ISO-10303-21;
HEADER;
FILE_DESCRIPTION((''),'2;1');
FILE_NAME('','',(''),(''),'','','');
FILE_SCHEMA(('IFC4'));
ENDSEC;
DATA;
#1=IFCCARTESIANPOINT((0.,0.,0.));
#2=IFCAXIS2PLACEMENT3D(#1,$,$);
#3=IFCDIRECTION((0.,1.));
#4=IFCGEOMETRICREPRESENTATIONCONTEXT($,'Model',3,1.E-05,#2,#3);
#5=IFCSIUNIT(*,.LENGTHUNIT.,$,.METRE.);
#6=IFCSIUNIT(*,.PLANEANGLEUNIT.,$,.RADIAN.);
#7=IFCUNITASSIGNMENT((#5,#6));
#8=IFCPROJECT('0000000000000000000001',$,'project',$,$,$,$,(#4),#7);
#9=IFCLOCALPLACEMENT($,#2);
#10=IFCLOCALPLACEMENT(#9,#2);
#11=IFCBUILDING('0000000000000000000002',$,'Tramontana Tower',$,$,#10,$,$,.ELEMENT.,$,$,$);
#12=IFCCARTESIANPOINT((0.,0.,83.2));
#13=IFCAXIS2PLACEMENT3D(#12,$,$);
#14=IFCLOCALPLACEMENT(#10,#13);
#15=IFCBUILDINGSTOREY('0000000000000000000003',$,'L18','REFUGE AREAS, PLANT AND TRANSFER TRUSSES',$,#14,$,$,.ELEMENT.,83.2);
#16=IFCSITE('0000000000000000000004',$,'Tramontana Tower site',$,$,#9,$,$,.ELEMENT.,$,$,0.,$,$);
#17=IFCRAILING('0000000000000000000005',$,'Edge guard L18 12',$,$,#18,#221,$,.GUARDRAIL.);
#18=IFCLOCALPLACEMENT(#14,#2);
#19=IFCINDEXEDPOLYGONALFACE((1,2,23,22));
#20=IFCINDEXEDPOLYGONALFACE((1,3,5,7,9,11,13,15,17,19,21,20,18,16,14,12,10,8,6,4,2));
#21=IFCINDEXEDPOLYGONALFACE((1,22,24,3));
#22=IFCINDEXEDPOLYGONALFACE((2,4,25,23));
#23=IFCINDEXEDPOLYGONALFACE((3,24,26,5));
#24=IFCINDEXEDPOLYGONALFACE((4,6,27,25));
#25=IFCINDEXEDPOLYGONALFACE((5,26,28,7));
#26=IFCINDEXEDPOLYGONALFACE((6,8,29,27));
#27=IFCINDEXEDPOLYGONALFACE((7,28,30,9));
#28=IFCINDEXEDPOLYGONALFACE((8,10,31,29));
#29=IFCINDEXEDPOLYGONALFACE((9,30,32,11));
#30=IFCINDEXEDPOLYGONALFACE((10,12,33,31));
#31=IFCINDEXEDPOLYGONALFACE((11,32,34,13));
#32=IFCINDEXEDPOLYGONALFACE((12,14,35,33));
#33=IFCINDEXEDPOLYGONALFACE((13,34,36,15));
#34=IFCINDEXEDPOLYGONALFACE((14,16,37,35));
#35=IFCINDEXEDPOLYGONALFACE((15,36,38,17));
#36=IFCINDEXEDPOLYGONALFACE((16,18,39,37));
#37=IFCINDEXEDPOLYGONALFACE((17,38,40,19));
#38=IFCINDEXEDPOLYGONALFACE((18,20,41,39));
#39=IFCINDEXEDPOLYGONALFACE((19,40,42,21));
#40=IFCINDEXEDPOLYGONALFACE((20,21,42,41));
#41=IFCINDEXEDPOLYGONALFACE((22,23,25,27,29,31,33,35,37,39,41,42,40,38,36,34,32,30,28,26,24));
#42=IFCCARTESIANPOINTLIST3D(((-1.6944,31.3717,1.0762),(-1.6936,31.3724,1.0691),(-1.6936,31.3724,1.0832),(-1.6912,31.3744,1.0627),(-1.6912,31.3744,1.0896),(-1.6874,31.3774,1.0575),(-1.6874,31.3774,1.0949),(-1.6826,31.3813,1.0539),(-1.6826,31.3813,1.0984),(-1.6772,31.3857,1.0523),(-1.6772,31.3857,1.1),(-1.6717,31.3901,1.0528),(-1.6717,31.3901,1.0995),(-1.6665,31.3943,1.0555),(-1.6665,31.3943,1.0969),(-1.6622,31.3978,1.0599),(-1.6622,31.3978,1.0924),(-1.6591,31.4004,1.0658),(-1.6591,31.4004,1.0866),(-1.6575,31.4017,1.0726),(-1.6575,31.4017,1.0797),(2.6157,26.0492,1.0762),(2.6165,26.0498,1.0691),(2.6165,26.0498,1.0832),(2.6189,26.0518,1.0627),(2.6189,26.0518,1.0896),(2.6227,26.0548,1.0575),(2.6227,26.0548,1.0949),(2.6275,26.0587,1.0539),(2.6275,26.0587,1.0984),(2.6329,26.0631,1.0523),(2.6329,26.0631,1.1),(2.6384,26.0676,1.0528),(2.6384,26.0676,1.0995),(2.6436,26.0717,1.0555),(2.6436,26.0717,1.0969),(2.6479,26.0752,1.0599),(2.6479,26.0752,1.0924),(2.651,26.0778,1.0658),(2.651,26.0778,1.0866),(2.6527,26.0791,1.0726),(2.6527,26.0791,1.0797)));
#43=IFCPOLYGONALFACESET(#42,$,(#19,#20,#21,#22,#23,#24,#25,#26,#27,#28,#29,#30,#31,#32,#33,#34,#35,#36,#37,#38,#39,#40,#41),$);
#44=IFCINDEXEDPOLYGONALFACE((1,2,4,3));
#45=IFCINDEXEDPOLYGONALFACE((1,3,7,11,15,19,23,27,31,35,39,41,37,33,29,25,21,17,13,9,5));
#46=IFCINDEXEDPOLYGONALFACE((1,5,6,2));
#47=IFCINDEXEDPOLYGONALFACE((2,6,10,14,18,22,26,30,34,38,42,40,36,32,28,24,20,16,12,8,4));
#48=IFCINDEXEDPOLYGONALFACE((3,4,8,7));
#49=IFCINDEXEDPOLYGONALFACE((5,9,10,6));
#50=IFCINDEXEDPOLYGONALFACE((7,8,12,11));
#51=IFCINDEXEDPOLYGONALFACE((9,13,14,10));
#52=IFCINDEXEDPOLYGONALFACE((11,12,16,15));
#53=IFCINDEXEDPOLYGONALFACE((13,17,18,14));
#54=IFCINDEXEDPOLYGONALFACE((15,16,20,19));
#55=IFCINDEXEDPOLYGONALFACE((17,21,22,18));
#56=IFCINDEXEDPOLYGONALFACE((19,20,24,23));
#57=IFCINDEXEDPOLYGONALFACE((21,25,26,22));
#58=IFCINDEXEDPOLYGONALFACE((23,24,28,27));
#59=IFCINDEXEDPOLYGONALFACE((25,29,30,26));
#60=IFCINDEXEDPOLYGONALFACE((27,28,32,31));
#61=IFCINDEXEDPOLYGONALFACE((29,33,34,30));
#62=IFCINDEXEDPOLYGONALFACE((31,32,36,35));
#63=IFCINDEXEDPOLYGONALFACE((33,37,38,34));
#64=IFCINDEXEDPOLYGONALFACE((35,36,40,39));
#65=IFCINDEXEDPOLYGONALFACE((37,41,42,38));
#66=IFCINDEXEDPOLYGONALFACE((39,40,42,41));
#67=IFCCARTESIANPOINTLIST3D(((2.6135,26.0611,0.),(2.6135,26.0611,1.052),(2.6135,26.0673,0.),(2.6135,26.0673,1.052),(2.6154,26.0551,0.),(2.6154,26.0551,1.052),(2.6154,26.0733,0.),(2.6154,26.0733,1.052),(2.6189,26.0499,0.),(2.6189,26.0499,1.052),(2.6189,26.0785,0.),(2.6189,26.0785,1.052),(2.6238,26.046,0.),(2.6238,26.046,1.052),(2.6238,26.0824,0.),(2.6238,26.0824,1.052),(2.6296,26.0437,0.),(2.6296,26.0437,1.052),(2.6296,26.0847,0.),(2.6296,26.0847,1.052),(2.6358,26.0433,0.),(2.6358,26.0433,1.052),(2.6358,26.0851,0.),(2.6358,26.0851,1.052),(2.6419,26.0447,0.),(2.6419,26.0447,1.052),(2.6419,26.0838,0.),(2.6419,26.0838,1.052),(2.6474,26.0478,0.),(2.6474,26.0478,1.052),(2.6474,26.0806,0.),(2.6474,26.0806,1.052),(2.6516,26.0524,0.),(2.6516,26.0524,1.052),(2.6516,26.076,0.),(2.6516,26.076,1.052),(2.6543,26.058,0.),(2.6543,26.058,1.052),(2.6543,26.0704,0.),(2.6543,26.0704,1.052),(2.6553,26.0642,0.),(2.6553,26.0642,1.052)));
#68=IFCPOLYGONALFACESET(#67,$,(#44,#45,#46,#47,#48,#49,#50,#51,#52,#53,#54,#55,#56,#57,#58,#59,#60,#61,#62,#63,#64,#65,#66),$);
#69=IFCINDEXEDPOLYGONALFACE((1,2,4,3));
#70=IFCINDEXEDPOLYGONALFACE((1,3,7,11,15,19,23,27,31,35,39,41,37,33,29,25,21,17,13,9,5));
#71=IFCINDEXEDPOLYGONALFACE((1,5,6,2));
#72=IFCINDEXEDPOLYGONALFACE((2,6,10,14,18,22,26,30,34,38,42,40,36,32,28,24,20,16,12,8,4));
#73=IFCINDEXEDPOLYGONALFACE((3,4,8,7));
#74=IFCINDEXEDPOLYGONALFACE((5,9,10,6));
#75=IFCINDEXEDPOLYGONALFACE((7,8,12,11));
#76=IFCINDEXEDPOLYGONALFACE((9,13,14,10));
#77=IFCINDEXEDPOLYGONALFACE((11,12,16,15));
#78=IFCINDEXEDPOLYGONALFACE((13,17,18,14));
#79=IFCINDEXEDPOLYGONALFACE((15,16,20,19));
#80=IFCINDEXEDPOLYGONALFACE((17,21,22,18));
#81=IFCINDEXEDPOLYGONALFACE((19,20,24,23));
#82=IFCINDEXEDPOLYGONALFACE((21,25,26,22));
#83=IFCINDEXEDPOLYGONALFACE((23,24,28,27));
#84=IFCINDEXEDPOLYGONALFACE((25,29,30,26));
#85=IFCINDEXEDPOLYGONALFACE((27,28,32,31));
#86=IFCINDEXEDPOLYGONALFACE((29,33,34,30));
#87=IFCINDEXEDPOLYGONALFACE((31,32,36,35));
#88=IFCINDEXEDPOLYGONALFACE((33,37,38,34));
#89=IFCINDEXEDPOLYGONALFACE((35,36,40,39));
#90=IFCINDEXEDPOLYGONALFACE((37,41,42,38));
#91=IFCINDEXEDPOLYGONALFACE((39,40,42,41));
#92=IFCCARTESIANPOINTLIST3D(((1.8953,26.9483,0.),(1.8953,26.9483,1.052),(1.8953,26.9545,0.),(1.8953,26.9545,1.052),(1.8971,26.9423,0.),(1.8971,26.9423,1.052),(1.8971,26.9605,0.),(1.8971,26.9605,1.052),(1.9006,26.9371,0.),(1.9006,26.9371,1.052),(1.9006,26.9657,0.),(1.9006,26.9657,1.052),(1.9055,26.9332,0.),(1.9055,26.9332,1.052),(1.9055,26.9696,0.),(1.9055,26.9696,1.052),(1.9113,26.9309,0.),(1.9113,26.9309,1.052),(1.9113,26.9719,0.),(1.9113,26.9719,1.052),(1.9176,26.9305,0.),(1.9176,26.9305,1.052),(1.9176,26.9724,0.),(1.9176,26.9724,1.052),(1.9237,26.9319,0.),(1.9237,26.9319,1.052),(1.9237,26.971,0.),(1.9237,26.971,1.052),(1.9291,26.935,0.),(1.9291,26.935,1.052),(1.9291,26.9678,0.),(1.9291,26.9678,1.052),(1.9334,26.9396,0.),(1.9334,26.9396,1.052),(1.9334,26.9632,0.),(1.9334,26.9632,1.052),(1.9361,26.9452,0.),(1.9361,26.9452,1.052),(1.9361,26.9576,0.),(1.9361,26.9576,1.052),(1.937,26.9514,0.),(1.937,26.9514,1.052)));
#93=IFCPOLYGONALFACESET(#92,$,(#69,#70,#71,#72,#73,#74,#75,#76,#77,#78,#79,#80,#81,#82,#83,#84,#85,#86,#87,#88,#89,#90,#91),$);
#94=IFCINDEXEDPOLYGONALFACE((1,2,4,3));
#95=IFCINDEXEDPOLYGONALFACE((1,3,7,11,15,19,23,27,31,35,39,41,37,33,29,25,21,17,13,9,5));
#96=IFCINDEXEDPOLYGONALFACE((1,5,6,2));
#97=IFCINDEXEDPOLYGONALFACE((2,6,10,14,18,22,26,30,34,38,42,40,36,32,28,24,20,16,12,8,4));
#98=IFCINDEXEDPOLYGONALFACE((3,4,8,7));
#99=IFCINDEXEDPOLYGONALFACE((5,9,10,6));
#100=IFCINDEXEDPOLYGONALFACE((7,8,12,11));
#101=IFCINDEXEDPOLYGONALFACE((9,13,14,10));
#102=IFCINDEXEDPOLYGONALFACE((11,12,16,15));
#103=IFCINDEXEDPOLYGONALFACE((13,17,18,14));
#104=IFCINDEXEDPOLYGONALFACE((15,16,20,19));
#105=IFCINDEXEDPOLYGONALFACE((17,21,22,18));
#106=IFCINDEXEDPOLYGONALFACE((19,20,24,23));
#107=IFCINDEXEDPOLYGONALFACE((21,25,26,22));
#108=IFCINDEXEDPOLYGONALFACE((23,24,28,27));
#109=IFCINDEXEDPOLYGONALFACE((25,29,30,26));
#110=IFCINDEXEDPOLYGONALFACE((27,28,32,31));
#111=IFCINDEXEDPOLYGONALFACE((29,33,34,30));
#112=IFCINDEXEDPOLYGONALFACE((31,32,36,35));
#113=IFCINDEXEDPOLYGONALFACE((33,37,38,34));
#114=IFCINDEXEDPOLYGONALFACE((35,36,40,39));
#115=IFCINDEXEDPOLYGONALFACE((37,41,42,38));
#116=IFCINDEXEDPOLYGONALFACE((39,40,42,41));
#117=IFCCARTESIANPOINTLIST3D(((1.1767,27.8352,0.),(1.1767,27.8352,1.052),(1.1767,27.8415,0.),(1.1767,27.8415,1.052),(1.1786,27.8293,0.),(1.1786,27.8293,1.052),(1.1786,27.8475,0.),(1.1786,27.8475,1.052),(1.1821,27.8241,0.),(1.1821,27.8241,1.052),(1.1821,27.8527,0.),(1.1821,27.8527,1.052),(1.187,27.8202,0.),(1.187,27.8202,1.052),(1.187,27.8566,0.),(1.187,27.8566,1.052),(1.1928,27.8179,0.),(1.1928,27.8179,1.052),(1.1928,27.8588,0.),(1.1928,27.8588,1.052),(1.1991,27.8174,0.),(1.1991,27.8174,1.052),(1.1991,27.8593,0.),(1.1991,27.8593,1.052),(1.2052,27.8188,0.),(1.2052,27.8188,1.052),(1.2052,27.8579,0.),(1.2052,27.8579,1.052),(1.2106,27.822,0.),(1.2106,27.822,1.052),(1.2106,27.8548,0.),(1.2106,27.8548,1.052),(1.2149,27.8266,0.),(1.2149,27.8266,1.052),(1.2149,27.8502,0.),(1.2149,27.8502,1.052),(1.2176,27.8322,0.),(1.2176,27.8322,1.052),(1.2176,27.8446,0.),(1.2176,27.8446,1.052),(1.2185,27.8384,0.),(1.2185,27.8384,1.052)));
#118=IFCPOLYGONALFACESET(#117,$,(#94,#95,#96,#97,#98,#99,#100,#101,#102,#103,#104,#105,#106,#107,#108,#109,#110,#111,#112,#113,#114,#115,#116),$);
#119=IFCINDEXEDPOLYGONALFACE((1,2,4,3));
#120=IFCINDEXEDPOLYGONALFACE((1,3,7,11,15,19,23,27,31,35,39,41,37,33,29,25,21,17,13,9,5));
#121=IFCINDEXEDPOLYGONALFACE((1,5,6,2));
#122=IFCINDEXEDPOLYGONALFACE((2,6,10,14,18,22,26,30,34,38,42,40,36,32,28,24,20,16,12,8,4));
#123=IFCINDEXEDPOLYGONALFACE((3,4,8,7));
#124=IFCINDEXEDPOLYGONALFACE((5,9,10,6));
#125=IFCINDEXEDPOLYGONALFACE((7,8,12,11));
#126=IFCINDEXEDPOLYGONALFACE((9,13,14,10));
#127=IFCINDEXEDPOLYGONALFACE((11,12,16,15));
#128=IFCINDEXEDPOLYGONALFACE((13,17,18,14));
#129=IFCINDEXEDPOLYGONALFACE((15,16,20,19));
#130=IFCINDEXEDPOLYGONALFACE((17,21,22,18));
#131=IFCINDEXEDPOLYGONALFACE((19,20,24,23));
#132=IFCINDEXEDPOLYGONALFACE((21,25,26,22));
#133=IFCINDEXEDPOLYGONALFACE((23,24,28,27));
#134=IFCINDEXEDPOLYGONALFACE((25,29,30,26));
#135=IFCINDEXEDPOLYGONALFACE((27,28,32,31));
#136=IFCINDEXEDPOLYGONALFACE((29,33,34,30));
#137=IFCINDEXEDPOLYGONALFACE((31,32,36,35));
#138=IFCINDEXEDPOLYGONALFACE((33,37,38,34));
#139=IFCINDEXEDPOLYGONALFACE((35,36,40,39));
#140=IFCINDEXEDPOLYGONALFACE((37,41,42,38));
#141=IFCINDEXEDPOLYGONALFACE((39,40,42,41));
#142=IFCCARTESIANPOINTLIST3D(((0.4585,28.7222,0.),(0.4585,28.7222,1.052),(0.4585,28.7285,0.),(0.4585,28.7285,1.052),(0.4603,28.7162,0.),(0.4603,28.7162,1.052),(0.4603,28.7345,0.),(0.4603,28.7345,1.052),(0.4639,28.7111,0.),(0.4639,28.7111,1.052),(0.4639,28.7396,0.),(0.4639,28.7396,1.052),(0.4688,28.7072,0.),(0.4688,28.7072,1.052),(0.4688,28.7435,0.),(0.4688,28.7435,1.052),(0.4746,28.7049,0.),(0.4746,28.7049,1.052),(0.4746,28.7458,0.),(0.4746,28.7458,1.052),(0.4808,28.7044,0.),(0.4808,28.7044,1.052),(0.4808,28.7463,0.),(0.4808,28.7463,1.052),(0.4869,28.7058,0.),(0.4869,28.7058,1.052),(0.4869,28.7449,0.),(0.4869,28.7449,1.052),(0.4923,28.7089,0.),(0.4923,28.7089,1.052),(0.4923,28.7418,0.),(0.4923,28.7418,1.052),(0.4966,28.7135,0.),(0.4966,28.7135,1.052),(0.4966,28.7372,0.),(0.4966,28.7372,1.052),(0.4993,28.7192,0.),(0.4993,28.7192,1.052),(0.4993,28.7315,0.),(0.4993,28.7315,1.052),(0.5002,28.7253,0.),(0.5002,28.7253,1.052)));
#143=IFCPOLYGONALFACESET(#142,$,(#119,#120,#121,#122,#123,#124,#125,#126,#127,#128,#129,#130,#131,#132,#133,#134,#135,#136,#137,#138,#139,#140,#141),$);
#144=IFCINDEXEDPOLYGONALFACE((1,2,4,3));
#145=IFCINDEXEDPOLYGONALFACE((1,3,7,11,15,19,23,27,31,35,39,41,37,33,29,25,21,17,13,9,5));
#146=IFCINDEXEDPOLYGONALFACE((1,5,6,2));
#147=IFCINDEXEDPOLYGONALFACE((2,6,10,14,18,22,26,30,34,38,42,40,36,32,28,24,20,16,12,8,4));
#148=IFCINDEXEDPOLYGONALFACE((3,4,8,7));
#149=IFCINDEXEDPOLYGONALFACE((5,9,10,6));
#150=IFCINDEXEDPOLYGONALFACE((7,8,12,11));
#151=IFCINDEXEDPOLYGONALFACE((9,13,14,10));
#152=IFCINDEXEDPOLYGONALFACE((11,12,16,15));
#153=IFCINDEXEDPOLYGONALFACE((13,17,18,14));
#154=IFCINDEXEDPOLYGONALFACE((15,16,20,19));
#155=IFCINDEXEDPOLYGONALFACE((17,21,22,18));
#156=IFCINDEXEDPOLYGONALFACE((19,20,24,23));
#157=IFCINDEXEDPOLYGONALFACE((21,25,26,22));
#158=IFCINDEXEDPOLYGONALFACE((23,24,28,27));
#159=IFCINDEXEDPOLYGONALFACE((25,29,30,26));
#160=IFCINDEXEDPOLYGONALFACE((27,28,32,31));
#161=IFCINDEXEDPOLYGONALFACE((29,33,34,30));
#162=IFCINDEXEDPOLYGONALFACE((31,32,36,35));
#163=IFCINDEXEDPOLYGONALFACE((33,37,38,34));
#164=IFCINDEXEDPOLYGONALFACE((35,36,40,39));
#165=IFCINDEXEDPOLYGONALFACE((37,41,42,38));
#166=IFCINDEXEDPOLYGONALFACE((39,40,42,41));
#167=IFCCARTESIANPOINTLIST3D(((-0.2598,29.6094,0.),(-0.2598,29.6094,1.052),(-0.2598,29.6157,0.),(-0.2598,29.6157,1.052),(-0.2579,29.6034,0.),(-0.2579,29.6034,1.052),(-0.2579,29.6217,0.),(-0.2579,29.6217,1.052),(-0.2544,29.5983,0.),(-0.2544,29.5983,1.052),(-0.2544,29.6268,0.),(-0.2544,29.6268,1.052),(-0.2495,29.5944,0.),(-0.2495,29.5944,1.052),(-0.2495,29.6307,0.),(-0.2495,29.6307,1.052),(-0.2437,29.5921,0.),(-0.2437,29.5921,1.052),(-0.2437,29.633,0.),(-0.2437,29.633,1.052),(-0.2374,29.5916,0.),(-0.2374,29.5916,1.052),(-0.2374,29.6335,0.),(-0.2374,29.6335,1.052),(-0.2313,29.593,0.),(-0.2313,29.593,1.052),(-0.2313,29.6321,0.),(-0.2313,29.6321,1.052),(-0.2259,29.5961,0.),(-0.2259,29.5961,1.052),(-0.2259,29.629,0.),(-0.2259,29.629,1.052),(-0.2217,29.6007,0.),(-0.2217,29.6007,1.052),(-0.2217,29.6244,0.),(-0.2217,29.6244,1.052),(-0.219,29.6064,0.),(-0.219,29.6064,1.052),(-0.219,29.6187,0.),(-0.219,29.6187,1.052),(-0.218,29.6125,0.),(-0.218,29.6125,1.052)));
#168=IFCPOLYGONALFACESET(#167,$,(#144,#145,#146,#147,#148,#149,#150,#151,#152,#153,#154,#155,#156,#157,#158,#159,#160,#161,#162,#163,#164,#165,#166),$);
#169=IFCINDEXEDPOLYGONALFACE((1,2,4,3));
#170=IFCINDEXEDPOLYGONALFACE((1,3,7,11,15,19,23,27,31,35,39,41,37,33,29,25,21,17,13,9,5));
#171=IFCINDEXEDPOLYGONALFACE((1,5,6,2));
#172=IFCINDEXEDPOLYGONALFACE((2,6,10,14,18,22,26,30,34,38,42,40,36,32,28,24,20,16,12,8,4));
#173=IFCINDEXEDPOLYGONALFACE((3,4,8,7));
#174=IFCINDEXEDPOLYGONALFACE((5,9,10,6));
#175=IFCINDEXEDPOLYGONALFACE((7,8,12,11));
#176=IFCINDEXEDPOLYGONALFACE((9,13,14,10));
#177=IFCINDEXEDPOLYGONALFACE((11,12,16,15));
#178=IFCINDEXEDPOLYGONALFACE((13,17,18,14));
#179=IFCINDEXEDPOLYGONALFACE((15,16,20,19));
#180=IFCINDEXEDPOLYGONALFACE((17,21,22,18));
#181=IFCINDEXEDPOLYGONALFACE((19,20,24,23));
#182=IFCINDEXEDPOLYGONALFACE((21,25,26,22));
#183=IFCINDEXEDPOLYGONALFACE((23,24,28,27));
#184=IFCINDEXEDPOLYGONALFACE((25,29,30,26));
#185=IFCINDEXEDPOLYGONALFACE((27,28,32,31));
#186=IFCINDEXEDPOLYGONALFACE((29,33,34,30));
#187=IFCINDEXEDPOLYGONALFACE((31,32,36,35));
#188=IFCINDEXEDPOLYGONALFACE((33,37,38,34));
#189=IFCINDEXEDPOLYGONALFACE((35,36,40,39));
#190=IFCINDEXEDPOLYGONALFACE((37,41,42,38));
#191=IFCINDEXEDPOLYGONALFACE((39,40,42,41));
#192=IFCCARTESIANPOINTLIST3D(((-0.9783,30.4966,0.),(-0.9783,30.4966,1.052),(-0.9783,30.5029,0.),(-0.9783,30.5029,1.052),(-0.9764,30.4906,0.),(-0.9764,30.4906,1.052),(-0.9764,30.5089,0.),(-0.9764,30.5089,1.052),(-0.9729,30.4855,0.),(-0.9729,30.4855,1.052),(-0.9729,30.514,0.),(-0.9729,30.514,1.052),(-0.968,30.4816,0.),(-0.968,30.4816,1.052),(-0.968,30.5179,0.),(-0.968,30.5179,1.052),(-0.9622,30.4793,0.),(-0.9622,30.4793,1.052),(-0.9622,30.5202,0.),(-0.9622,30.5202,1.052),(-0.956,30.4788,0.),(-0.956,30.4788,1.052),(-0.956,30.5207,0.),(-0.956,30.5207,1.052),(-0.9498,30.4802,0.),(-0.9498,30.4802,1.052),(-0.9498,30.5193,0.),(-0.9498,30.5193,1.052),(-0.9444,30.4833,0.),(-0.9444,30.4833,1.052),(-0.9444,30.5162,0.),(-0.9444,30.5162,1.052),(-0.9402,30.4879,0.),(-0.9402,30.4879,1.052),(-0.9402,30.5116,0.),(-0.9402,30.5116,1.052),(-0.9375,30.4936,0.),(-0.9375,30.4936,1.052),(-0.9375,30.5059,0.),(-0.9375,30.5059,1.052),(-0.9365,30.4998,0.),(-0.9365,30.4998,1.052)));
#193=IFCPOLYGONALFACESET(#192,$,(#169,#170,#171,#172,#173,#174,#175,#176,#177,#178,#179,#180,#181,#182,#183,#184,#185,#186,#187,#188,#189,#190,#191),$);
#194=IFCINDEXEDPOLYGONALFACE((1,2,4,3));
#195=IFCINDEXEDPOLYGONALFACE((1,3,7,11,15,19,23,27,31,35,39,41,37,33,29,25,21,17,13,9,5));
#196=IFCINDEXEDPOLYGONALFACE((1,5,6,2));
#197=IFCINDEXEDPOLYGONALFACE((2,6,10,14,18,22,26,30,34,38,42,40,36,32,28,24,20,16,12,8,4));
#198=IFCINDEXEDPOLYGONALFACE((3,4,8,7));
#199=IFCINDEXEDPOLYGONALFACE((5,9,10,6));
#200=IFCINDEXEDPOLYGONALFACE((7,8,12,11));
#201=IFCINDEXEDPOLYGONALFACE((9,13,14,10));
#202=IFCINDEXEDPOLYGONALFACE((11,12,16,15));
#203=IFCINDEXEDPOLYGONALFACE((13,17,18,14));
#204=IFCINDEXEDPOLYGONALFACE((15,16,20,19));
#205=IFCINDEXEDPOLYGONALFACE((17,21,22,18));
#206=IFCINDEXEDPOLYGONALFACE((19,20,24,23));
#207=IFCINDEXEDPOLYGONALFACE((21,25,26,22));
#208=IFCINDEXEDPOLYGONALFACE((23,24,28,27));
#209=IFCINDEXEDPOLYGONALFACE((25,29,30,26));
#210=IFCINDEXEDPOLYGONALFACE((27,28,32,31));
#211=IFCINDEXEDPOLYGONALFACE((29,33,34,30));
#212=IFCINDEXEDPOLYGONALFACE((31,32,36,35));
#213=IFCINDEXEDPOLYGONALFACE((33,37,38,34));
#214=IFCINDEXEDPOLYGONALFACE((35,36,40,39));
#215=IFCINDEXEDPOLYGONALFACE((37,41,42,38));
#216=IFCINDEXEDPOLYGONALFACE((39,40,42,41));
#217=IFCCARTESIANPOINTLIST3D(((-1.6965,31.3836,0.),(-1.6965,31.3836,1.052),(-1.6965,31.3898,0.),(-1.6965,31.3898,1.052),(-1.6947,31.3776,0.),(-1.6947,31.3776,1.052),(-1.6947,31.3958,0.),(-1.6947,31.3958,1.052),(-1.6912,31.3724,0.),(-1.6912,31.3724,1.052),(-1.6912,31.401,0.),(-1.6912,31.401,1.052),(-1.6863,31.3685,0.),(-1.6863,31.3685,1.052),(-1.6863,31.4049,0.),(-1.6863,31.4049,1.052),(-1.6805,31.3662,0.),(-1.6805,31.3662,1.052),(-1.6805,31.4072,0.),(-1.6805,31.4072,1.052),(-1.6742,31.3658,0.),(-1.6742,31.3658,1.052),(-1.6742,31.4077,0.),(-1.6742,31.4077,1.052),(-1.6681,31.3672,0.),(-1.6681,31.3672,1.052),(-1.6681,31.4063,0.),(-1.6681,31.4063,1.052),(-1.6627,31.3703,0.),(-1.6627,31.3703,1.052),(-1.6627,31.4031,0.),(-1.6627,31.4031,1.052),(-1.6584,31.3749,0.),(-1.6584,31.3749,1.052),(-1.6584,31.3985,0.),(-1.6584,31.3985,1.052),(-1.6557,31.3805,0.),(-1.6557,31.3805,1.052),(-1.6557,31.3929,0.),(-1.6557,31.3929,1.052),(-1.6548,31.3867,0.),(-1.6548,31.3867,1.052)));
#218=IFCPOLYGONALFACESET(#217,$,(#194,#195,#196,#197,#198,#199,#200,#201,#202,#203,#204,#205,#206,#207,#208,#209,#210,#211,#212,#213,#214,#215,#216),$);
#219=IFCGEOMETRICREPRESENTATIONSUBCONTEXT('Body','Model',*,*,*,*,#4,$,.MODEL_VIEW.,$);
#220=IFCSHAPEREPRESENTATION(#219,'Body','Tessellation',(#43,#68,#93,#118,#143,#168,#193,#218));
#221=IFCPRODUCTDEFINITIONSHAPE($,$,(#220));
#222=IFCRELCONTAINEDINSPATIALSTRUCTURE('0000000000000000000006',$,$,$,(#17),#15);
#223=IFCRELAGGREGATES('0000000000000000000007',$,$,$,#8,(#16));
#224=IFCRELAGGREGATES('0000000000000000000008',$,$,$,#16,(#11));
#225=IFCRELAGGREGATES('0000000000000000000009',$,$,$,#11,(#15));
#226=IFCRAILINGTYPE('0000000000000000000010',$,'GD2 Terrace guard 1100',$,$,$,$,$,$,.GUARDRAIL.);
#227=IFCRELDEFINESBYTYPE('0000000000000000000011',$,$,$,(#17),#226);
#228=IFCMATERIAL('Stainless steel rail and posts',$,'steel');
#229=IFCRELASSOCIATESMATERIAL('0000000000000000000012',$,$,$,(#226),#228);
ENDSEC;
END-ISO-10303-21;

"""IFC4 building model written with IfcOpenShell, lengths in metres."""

from ifc_helpers import new_model, si_unit, direction, frame, origin, origin_2d, place, context, subcontext, project, spatial, circle, extrude, material, type_object, element, save


model = new_model("IFC4")

# Units and contexts
model_context = context("Model", 3, precision=1e-05, world=origin(), true_north=direction((0.0, 1.0)))
body_context = subcontext(model_context, "Body", "Model", "MODEL_VIEW")
ifc_project = project(units=[si_unit("LENGTHUNIT", "METRE"), si_unit("PLANEANGLEUNIT", "RADIAN")], contexts=[model_context])

# Site, building, storey
site_placement = place(None, origin())
site = spatial("IfcSite", under=ifc_project, at=site_placement, Name="Tramontana Tower site", CompositionType="ELEMENT", RefElevation=0.0)
building_placement = place(site_placement, origin())
building = spatial("IfcBuilding", under=site, at=building_placement, Name="Tramontana Tower", CompositionType="ELEMENT")
storey_placement = place(building_placement, frame((0.0, 0.0, 83.2)))
storey = spatial("IfcBuildingStorey", under=building, at=storey_placement, Name="L18", Description="REFUGE AREAS, PLANT AND TRANSFER TRUSSES", CompositionType="ELEMENT", Elevation=83.2)

# Railing
ifc_material_1 = material(Name="Stainless steel rail and posts", Category="steel")
railing_type_1 = type_object("IfcRailingType", Name="GD2 Terrace guard 1100", PredefinedType="GUARDRAIL", material=ifc_material_1)
railing_1_placement = place(storey_placement, frame((2.6343, 26.0642, 0.0)))
element("IfcRailing", 1, at=railing_1_placement, inside=storey, type_object=railing_type_1, Name="Edge guard L18 12", PredefinedType="GUARDRAIL", context=body_context, shape_type="SweptSolid", body=[
    extrude(circle(Radius=0.0239, at=origin_2d()), frame((0.0, 0.0, 1.0762), z_axis=(-0.629318, 0.777148, 0.0), x_axis=(-0.777148, -0.629318, 0.0)), (0.0, 0.0, 1.0), 6.8489),
    extrude(circle(Radius=0.021, at=origin_2d()), origin(), (0.0, 0.0, 1.0), 1.052),
    extrude(circle(Radius=0.021, at=origin_2d()), frame((-0.7183, 0.8872, 0.0)), (0.0, 0.0, 1.0), 1.052),
    extrude(circle(Radius=0.021, at=origin_2d()), frame((-1.4368, 1.7742, 0.0)), (0.0, 0.0, 1.0), 1.052),
    extrude(circle(Radius=0.021, at=origin_2d()), frame((-2.155, 2.6611, 0.0)), (0.0, 0.0, 1.0), 1.052),
    extrude(circle(Radius=0.021, at=origin_2d()), frame((-2.8733, 3.5483, 0.0)), (0.0, 0.0, 1.0), 1.052),
    extrude(circle(Radius=0.021, at=origin_2d()), frame((-3.5918, 4.4355, 0.0)), (0.0, 0.0, 1.0), 1.052),
    extrude(circle(Radius=0.021, at=origin_2d()), frame((-4.3101, 5.3225, 0.0)), (0.0, 0.0, 1.0), 1.052),
])

save(model, "model.ifc")
